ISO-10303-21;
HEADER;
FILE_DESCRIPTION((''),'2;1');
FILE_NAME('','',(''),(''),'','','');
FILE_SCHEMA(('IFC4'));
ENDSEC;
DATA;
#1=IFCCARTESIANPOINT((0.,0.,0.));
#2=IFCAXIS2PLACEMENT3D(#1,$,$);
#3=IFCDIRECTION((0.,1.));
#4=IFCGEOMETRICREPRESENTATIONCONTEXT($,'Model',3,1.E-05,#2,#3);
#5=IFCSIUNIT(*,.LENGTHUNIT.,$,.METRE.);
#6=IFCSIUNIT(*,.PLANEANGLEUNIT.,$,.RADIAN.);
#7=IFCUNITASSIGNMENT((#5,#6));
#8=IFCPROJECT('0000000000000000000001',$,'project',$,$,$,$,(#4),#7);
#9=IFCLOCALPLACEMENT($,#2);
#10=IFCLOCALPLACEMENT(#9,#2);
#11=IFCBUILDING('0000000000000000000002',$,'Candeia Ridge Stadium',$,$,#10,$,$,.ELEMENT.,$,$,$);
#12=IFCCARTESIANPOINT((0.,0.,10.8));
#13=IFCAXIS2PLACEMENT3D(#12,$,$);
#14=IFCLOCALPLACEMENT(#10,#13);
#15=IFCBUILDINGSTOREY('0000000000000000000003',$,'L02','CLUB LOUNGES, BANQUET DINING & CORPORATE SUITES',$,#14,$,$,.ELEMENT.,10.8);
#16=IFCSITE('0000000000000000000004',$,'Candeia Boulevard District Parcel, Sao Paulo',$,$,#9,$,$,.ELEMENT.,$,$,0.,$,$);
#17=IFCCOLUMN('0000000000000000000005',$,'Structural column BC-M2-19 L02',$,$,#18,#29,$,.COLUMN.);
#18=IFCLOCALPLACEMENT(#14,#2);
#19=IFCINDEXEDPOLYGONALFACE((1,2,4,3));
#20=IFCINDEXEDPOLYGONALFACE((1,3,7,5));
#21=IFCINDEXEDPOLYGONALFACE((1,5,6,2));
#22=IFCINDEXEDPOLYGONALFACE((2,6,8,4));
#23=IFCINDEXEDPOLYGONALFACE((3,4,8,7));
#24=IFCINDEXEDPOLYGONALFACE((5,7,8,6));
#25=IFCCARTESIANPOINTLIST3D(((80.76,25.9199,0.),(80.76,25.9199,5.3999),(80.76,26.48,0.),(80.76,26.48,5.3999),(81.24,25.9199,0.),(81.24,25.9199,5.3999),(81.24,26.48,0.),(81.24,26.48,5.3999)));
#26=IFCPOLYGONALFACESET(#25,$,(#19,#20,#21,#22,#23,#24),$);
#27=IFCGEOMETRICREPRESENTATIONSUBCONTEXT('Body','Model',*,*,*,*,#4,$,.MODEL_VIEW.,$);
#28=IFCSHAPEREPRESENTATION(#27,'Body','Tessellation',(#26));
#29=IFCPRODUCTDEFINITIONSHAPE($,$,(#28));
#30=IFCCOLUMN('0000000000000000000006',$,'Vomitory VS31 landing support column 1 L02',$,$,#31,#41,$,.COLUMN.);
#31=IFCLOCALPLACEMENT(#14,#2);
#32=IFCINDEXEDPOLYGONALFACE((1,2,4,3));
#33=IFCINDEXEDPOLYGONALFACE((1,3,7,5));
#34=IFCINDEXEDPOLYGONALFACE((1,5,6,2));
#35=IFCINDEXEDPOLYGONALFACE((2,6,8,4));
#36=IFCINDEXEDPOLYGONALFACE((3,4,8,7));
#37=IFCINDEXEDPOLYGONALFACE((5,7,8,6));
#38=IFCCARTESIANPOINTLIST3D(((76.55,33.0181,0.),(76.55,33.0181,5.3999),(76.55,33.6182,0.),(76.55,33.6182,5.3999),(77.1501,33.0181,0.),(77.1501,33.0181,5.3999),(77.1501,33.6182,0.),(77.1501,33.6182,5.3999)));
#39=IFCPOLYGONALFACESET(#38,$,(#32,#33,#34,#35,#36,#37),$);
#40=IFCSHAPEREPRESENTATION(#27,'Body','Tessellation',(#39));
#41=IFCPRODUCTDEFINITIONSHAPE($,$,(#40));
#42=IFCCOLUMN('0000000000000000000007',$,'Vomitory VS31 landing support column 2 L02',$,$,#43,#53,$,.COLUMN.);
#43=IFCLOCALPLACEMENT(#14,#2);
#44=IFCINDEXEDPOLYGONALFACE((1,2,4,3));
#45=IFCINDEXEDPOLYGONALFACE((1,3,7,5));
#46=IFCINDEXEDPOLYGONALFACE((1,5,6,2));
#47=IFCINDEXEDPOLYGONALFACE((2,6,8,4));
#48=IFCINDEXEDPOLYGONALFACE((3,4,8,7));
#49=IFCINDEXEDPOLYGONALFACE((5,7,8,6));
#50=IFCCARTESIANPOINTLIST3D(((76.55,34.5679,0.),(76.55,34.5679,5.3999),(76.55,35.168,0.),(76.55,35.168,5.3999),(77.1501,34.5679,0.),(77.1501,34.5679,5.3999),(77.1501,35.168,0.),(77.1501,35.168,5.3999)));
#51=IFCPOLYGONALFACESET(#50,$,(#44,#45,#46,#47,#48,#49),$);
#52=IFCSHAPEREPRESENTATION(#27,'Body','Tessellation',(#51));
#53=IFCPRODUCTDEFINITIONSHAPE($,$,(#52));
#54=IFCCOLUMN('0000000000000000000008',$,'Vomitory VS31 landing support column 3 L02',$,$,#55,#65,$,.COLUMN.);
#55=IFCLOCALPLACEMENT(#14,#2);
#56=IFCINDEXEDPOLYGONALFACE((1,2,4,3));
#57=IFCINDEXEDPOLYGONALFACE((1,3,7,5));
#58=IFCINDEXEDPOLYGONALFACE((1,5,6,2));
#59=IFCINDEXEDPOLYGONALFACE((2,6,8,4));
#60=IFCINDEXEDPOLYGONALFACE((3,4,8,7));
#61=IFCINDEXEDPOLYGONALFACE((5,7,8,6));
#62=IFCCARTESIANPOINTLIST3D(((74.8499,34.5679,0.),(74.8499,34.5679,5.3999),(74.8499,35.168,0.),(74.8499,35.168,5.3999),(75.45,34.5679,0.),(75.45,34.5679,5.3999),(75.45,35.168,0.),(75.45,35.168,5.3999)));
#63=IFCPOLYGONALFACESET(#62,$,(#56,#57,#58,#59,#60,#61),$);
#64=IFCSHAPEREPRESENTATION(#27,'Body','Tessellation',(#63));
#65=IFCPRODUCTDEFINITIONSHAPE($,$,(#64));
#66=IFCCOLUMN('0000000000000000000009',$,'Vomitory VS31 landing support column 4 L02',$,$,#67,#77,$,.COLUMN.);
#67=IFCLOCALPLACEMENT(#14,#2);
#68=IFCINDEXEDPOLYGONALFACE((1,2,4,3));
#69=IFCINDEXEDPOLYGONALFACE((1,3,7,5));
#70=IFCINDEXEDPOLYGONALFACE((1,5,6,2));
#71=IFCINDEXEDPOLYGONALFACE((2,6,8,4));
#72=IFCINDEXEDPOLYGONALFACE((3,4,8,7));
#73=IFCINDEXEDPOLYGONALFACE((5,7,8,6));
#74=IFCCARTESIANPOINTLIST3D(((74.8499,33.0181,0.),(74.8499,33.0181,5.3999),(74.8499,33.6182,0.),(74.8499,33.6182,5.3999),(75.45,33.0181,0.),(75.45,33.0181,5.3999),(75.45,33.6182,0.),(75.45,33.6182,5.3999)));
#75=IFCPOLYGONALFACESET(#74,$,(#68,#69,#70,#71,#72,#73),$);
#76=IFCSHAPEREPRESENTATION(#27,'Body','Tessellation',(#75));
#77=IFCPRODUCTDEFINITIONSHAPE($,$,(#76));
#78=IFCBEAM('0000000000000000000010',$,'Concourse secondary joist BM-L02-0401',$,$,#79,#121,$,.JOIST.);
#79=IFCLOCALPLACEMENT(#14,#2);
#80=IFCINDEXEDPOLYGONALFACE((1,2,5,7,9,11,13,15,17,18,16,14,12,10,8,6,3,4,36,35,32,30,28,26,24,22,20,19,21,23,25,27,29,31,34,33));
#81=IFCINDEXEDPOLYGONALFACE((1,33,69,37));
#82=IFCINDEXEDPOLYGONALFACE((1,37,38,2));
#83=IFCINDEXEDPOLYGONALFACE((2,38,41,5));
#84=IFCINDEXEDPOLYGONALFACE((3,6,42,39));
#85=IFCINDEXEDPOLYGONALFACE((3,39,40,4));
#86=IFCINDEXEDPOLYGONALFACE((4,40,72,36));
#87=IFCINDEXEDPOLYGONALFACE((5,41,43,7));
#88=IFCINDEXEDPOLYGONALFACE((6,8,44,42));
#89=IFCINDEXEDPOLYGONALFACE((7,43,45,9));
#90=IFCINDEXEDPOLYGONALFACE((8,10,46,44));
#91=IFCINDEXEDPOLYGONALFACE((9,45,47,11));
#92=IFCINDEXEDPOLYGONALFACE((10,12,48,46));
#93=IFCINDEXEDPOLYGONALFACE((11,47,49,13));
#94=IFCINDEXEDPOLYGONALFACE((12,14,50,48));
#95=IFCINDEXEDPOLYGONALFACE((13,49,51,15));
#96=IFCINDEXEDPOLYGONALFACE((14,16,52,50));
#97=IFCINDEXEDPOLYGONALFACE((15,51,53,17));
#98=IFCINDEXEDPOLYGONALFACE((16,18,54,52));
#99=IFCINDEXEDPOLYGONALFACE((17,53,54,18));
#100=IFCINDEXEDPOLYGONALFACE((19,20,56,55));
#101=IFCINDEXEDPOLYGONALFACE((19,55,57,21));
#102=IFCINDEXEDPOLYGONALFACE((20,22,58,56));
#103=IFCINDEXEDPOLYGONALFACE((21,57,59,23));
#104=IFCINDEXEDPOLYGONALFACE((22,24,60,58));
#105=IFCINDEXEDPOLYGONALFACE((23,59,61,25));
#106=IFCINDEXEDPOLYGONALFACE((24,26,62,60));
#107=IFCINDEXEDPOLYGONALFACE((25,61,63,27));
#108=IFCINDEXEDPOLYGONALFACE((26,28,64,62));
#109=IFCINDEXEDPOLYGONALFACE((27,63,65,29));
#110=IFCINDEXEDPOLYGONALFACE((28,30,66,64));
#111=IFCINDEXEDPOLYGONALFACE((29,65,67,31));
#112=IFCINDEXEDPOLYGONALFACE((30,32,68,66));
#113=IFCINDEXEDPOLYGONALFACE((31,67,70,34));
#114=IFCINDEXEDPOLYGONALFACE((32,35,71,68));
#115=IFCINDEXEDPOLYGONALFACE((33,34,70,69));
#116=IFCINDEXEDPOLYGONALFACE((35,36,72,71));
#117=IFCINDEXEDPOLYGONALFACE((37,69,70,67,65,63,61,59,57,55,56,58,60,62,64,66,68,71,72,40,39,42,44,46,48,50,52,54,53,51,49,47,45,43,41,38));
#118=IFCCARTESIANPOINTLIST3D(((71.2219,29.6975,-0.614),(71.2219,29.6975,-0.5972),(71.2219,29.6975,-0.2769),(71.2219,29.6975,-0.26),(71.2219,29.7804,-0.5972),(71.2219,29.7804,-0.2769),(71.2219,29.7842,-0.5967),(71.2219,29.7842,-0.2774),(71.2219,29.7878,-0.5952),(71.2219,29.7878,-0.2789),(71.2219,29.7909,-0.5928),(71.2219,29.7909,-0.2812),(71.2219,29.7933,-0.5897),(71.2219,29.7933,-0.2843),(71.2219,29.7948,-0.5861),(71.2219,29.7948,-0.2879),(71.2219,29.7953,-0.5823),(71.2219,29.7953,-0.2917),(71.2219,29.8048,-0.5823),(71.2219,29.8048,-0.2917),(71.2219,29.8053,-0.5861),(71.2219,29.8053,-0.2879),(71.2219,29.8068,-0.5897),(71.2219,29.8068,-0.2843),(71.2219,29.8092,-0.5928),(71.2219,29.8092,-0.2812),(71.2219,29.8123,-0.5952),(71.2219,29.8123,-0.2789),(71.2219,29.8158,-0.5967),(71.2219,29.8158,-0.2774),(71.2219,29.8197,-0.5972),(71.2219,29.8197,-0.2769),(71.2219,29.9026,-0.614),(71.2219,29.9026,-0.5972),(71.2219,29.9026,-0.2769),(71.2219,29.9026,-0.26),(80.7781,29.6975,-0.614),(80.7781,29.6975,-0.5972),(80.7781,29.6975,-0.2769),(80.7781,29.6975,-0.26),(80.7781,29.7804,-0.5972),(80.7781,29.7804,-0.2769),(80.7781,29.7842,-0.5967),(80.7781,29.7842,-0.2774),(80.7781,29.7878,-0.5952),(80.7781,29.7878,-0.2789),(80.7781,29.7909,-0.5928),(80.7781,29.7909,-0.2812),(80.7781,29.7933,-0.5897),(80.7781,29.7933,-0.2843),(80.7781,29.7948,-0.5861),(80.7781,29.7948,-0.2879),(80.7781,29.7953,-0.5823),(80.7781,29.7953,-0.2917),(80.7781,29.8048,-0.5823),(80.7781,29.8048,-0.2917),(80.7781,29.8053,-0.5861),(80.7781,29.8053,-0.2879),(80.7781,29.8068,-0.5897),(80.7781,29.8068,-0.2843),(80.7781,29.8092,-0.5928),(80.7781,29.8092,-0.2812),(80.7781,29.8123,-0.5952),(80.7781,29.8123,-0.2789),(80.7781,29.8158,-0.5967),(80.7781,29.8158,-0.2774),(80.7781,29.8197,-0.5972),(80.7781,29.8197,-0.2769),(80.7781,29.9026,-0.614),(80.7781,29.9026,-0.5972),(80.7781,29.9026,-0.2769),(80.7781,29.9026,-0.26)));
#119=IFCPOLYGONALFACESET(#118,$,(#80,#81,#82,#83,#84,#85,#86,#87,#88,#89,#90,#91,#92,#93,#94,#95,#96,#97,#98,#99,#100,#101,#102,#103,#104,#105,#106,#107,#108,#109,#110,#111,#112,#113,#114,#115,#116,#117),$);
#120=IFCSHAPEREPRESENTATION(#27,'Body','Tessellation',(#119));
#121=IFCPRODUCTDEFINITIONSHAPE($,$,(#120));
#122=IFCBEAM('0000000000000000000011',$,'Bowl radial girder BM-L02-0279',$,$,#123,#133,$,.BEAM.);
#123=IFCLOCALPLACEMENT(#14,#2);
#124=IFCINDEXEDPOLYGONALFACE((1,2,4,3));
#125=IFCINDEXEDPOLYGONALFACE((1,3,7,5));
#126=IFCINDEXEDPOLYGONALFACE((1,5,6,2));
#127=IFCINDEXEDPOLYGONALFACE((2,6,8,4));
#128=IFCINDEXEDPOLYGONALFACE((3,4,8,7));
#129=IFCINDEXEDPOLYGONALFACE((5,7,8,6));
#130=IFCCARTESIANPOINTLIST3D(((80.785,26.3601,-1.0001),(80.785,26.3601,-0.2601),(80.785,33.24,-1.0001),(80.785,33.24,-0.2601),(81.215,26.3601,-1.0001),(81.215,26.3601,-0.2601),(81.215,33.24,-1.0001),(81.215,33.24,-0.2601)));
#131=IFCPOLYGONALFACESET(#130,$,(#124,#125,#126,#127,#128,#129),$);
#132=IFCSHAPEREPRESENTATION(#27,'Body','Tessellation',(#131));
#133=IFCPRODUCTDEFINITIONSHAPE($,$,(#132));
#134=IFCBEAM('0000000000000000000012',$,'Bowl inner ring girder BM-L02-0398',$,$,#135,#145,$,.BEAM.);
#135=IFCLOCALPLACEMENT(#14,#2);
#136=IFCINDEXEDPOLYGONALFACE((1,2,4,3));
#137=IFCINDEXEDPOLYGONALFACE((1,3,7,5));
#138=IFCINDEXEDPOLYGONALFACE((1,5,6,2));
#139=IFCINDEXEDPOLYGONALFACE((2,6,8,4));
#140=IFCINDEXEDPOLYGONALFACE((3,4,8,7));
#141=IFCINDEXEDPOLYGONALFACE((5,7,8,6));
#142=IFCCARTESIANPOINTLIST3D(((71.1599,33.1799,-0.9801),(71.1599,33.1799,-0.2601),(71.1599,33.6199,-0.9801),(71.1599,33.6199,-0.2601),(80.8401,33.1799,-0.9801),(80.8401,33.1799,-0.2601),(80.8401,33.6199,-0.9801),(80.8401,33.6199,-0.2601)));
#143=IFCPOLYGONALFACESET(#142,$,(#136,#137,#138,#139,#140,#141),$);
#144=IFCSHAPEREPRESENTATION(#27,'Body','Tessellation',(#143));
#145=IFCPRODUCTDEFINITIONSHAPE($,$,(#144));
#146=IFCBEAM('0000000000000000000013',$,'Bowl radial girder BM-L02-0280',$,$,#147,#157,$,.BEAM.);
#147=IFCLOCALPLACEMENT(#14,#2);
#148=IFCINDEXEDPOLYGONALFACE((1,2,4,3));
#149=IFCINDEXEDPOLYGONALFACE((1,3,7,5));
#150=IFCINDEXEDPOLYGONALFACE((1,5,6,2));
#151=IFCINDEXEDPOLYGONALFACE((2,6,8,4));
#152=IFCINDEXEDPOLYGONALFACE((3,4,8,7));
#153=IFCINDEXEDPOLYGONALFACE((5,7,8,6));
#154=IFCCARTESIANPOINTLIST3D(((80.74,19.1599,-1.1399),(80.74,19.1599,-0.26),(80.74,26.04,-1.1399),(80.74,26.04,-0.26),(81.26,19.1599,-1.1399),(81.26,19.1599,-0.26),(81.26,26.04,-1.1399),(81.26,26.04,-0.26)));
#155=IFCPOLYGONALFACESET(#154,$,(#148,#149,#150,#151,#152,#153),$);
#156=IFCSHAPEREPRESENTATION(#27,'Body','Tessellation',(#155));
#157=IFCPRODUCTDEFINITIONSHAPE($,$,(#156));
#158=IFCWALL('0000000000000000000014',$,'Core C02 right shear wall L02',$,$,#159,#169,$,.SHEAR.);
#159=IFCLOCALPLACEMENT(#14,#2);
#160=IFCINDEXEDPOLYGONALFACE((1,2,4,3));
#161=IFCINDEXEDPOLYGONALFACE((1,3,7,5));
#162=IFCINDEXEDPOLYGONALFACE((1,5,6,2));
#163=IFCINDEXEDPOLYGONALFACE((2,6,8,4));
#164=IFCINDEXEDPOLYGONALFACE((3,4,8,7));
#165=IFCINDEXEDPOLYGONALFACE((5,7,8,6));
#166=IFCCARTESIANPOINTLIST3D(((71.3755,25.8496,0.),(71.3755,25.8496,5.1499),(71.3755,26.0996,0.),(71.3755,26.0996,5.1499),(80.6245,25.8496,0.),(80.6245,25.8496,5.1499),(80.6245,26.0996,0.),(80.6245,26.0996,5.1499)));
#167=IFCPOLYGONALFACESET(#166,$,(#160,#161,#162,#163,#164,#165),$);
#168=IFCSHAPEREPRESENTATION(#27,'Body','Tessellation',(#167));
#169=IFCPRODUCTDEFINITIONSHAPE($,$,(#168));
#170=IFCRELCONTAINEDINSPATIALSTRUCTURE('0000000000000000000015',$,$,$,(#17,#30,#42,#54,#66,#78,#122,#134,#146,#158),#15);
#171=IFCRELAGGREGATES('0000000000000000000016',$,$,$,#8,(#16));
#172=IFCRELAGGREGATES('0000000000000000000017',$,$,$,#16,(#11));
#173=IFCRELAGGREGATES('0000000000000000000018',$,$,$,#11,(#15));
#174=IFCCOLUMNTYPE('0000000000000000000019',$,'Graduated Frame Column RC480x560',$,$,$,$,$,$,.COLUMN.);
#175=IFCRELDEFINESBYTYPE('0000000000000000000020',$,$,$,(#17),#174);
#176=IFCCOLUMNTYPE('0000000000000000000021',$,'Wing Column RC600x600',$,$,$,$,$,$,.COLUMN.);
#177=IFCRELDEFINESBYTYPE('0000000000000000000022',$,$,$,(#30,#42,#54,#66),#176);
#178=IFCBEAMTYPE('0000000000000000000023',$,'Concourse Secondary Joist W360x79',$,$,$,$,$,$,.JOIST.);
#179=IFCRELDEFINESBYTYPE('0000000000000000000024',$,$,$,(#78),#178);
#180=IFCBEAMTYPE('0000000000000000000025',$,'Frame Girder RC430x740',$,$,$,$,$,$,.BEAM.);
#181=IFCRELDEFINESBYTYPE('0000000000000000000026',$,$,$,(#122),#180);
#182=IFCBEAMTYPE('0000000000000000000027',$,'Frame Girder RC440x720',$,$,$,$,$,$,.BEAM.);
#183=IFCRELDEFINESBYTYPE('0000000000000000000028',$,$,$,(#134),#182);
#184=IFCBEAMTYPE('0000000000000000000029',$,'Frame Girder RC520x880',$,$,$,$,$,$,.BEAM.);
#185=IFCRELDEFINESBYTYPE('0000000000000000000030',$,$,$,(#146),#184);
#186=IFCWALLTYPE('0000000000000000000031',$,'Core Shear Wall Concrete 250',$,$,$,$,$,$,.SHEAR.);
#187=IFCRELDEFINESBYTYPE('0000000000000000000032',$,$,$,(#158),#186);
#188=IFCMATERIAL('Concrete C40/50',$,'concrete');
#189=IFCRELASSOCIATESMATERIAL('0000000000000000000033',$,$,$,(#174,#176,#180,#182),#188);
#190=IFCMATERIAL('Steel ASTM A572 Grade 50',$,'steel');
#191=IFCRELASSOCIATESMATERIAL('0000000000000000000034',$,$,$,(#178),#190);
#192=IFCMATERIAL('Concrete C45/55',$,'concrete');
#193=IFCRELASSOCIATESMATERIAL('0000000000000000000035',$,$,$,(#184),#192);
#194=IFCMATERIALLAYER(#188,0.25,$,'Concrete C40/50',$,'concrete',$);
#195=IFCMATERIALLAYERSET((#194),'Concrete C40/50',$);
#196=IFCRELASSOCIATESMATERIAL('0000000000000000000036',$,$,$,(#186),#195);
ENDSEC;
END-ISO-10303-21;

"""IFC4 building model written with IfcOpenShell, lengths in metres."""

from ifc_helpers import new_model, si_unit, direction, frame, frame_2d, origin, origin_2d, place, context, subcontext, project, spatial, rectangle, i_section, extrude, material, layer, layer_set, material_profile, profile_set, type_object, element, save


model = new_model("IFC4")

# Units and contexts
model_context = context("Model", 3, precision=1e-05, world=origin(), true_north=direction((0.0, 1.0)))
body_context = subcontext(model_context, "Body", "Model", "MODEL_VIEW")
ifc_project = project(units=[si_unit("LENGTHUNIT", "METRE"), si_unit("PLANEANGLEUNIT", "RADIAN")], contexts=[model_context])

# Site, building, storey
site_placement = place(None, origin())
site = spatial("IfcSite", under=ifc_project, at=site_placement, Name="Candeia Boulevard District Parcel, Sao Paulo", CompositionType="ELEMENT", RefElevation=0.0)
building_placement = place(site_placement, origin())
building = spatial("IfcBuilding", under=site, at=building_placement, Name="Candeia Ridge Stadium", CompositionType="ELEMENT")
storey_placement = place(building_placement, frame((0.0, 0.0, 10.8)))
storey = spatial("IfcBuildingStorey", under=building, at=storey_placement, Name="L02", Description="CLUB LOUNGES, BANQUET DINING & CORPORATE SUITES", CompositionType="ELEMENT", Elevation=10.8)

# Columns
ifc_material_1 = material(Name="Concrete C40/50", Category="concrete")
ifc_material_profile_1 = material_profile(ifc_material_1, rectangle(XDim=0.48, YDim=0.5601, at=origin_2d()), Name="RC480x560", Category="concrete")
ifc_profile_set_1 = profile_set([ifc_material_profile_1], Name="Concrete C40/50")
column_type_1 = type_object("IfcColumnType", Name="Graduated Frame Column RC480x560", PredefinedType="COLUMN", material=ifc_profile_set_1)
column_placement = place(storey_placement, frame((81.0, 26.2, 0.0), z_axis=(0.0, 0.0, 1.0), x_axis=(1.0, 0.0, 0.0)))
element("IfcColumn", 1, at=column_placement, inside=storey, type_object=column_type_1, Name="Structural column BC-M2-19 L02", PredefinedType="COLUMN", context=body_context, shape_type="SweptSolid", body=[
    extrude(rectangle(XDim=0.48, YDim=0.5601, at=origin_2d()), origin(), (0.0, 0.0, 1.0), 5.3999),
])
ifc_material_profile_2 = material_profile(ifc_material_1, rectangle(XDim=0.6001, YDim=0.6001, at=origin_2d()), Name="RC600x600", Category="concrete")
ifc_profile_set_2 = profile_set([ifc_material_profile_2], Name="Concrete C40/50")
column_type_2 = type_object("IfcColumnType", Name="Wing Column RC600x600", PredefinedType="COLUMN", material=ifc_profile_set_2)
for number, where, z_axis, x_axis, name in (
    (2, (76.8501, 33.3181, 0.0), (0.0, 0.0, 1.0), (1.0, 0.0, 0.0), "Vomitory VS31 landing support column 1 L02"),
    (3, (76.8501, 34.8679, 0.0), (0.0, 0.0, 1.0), (1.0, 0.0, 0.0), "Vomitory VS31 landing support column 2 L02"),
    (4, (75.1499, 34.8679, 0.0), (0.0, 0.0, 1.0), (1.0, 0.0, 0.0), "Vomitory VS31 landing support column 3 L02"),
    (5, (75.1499, 33.3181, 0.0), (0.0, 0.0, 1.0), (1.0, 0.0, 0.0), "Vomitory VS31 landing support column 4 L02"),
):
    element("IfcColumn", number, at=place(storey_placement, frame(where, z_axis=z_axis, x_axis=x_axis)), inside=storey, type_object=column_type_2, Name=name, PredefinedType="COLUMN", context=body_context, shape_type="SweptSolid", body=[
        extrude(rectangle(XDim=0.6001, YDim=0.6001, at=origin_2d()), origin(), (0.0, 0.0, 1.0), 5.3999),
    ])

# Beams
ifc_material_2 = material(Name="Steel ASTM A572 Grade 50", Category="steel")
ifc_material_profile_3 = material_profile(ifc_material_2, i_section(OverallWidth=0.2051, OverallDepth=0.354, WebThickness=0.0095, FlangeThickness=0.0168, FilletRadius=0.0149, at=origin_2d()), Name="W360x79", Category="steel")
ifc_profile_set_3 = profile_set([ifc_material_profile_3], Name="Steel ASTM A572 Grade 50")
beam_type_1 = type_object("IfcBeamType", Name="Concourse Secondary Joist W360x79", PredefinedType="JOIST", material=ifc_profile_set_3)
beam_1_placement = place(storey_placement, frame((71.2219, 29.8, -0.437), z_axis=(1.0, 0.0, 0.0), x_axis=(0.0, 1.0, 0.0)))
element("IfcBeam", 6, at=beam_1_placement, inside=storey, type_object=beam_type_1, Name="Concourse secondary joist BM-L02-0401", PredefinedType="JOIST", context=body_context, shape_type="SweptSolid", body=[
    extrude(i_section(OverallWidth=0.2051, OverallDepth=0.354, WebThickness=0.0095, FlangeThickness=0.0168, FilletRadius=0.0149, at=origin_2d()), origin(), (0.0, 0.0, 1.0), 9.5562),
])
ifc_material_profile_4 = material_profile(ifc_material_1, rectangle(XDim=0.4299, YDim=0.74, at=origin_2d()), Name="RC430x740", Category="concrete")
ifc_profile_set_4 = profile_set([ifc_material_profile_4], Name="Concrete C40/50")
beam_type_2 = type_object("IfcBeamType", Name="Frame Girder RC430x740", PredefinedType="BEAM", material=ifc_profile_set_4)
beam_2_placement = place(storey_placement, frame((81.0, 33.24, -0.6301), z_axis=(0.0, -1.0, 0.0), x_axis=(1.0, 0.0, 0.0)))
element("IfcBeam", 7, at=beam_2_placement, inside=storey, type_object=beam_type_2, Name="Bowl radial girder BM-L02-0279", PredefinedType="BEAM", context=body_context, shape_type="SweptSolid", body=[
    extrude(rectangle(XDim=0.4299, YDim=0.74, at=origin_2d()), origin(), (0.0, 0.0, 1.0), 6.8799),
])
ifc_material_profile_5 = material_profile(ifc_material_1, rectangle(XDim=0.4399, YDim=0.72, at=origin_2d()), Name="RC440x720", Category="concrete")
ifc_profile_set_5 = profile_set([ifc_material_profile_5], Name="Concrete C40/50")
beam_type_3 = type_object("IfcBeamType", Name="Frame Girder RC440x720", PredefinedType="BEAM", material=ifc_profile_set_5)
beam_3_placement = place(storey_placement, frame((71.1599, 33.3999, -0.6201), z_axis=(1.0, 0.0, 0.0), x_axis=(0.0, 1.0, 0.0)))
element("IfcBeam", 8, at=beam_3_placement, inside=storey, type_object=beam_type_3, Name="Bowl inner ring girder BM-L02-0398", PredefinedType="BEAM", context=body_context, shape_type="SweptSolid", body=[
    extrude(rectangle(XDim=0.4399, YDim=0.72, at=origin_2d()), origin(), (0.0, 0.0, 1.0), 9.6802),
])
ifc_material_3 = material(Name="Concrete C45/55", Category="concrete")
ifc_material_profile_6 = material_profile(ifc_material_3, rectangle(XDim=0.52, YDim=0.8799, at=origin_2d()), Name="RC520x880", Category="concrete")
ifc_profile_set_6 = profile_set([ifc_material_profile_6], Name="Concrete C45/55")
beam_type_4 = type_object("IfcBeamType", Name="Frame Girder RC520x880", PredefinedType="BEAM", material=ifc_profile_set_6)
beam_4_placement = place(storey_placement, frame((81.0, 26.04, -0.7), z_axis=(0.0, -1.0, 0.0), x_axis=(1.0, 0.0, 0.0)))
element("IfcBeam", 9, at=beam_4_placement, inside=storey, type_object=beam_type_4, Name="Bowl radial girder BM-L02-0280", PredefinedType="BEAM", context=body_context, shape_type="SweptSolid", body=[
    extrude(rectangle(XDim=0.52, YDim=0.8799, at=origin_2d()), origin(), (0.0, 0.0, 1.0), 6.8801),
])

# Wall
ifc_layer_1 = layer(ifc_material_1, 0.25, Name="Concrete C40/50", Category="concrete")
ifc_layer_set_1 = layer_set([ifc_layer_1], Name="Concrete C40/50")
wall_type = type_object("IfcWallType", Name="Core Shear Wall Concrete 250", PredefinedType="SHEAR", material=ifc_layer_set_1)
wall_1_placement = place(storey_placement, frame((80.6245, 25.9746, 0.0), z_axis=(0.0, 0.0, 1.0), x_axis=(-1.0, 0.0, 0.0)))
element("IfcWall", 10, at=wall_1_placement, inside=storey, type_object=wall_type, Name="Core C02 right shear wall L02", PredefinedType="SHEAR", context=body_context, shape_type="SweptSolid", body=[
    extrude(rectangle(XDim=9.249, YDim=0.25, at=frame_2d((4.6245, 0.0))), origin(), (0.0, 0.0, 1.0), 5.1499),
])

save(model, "model.ifc")
